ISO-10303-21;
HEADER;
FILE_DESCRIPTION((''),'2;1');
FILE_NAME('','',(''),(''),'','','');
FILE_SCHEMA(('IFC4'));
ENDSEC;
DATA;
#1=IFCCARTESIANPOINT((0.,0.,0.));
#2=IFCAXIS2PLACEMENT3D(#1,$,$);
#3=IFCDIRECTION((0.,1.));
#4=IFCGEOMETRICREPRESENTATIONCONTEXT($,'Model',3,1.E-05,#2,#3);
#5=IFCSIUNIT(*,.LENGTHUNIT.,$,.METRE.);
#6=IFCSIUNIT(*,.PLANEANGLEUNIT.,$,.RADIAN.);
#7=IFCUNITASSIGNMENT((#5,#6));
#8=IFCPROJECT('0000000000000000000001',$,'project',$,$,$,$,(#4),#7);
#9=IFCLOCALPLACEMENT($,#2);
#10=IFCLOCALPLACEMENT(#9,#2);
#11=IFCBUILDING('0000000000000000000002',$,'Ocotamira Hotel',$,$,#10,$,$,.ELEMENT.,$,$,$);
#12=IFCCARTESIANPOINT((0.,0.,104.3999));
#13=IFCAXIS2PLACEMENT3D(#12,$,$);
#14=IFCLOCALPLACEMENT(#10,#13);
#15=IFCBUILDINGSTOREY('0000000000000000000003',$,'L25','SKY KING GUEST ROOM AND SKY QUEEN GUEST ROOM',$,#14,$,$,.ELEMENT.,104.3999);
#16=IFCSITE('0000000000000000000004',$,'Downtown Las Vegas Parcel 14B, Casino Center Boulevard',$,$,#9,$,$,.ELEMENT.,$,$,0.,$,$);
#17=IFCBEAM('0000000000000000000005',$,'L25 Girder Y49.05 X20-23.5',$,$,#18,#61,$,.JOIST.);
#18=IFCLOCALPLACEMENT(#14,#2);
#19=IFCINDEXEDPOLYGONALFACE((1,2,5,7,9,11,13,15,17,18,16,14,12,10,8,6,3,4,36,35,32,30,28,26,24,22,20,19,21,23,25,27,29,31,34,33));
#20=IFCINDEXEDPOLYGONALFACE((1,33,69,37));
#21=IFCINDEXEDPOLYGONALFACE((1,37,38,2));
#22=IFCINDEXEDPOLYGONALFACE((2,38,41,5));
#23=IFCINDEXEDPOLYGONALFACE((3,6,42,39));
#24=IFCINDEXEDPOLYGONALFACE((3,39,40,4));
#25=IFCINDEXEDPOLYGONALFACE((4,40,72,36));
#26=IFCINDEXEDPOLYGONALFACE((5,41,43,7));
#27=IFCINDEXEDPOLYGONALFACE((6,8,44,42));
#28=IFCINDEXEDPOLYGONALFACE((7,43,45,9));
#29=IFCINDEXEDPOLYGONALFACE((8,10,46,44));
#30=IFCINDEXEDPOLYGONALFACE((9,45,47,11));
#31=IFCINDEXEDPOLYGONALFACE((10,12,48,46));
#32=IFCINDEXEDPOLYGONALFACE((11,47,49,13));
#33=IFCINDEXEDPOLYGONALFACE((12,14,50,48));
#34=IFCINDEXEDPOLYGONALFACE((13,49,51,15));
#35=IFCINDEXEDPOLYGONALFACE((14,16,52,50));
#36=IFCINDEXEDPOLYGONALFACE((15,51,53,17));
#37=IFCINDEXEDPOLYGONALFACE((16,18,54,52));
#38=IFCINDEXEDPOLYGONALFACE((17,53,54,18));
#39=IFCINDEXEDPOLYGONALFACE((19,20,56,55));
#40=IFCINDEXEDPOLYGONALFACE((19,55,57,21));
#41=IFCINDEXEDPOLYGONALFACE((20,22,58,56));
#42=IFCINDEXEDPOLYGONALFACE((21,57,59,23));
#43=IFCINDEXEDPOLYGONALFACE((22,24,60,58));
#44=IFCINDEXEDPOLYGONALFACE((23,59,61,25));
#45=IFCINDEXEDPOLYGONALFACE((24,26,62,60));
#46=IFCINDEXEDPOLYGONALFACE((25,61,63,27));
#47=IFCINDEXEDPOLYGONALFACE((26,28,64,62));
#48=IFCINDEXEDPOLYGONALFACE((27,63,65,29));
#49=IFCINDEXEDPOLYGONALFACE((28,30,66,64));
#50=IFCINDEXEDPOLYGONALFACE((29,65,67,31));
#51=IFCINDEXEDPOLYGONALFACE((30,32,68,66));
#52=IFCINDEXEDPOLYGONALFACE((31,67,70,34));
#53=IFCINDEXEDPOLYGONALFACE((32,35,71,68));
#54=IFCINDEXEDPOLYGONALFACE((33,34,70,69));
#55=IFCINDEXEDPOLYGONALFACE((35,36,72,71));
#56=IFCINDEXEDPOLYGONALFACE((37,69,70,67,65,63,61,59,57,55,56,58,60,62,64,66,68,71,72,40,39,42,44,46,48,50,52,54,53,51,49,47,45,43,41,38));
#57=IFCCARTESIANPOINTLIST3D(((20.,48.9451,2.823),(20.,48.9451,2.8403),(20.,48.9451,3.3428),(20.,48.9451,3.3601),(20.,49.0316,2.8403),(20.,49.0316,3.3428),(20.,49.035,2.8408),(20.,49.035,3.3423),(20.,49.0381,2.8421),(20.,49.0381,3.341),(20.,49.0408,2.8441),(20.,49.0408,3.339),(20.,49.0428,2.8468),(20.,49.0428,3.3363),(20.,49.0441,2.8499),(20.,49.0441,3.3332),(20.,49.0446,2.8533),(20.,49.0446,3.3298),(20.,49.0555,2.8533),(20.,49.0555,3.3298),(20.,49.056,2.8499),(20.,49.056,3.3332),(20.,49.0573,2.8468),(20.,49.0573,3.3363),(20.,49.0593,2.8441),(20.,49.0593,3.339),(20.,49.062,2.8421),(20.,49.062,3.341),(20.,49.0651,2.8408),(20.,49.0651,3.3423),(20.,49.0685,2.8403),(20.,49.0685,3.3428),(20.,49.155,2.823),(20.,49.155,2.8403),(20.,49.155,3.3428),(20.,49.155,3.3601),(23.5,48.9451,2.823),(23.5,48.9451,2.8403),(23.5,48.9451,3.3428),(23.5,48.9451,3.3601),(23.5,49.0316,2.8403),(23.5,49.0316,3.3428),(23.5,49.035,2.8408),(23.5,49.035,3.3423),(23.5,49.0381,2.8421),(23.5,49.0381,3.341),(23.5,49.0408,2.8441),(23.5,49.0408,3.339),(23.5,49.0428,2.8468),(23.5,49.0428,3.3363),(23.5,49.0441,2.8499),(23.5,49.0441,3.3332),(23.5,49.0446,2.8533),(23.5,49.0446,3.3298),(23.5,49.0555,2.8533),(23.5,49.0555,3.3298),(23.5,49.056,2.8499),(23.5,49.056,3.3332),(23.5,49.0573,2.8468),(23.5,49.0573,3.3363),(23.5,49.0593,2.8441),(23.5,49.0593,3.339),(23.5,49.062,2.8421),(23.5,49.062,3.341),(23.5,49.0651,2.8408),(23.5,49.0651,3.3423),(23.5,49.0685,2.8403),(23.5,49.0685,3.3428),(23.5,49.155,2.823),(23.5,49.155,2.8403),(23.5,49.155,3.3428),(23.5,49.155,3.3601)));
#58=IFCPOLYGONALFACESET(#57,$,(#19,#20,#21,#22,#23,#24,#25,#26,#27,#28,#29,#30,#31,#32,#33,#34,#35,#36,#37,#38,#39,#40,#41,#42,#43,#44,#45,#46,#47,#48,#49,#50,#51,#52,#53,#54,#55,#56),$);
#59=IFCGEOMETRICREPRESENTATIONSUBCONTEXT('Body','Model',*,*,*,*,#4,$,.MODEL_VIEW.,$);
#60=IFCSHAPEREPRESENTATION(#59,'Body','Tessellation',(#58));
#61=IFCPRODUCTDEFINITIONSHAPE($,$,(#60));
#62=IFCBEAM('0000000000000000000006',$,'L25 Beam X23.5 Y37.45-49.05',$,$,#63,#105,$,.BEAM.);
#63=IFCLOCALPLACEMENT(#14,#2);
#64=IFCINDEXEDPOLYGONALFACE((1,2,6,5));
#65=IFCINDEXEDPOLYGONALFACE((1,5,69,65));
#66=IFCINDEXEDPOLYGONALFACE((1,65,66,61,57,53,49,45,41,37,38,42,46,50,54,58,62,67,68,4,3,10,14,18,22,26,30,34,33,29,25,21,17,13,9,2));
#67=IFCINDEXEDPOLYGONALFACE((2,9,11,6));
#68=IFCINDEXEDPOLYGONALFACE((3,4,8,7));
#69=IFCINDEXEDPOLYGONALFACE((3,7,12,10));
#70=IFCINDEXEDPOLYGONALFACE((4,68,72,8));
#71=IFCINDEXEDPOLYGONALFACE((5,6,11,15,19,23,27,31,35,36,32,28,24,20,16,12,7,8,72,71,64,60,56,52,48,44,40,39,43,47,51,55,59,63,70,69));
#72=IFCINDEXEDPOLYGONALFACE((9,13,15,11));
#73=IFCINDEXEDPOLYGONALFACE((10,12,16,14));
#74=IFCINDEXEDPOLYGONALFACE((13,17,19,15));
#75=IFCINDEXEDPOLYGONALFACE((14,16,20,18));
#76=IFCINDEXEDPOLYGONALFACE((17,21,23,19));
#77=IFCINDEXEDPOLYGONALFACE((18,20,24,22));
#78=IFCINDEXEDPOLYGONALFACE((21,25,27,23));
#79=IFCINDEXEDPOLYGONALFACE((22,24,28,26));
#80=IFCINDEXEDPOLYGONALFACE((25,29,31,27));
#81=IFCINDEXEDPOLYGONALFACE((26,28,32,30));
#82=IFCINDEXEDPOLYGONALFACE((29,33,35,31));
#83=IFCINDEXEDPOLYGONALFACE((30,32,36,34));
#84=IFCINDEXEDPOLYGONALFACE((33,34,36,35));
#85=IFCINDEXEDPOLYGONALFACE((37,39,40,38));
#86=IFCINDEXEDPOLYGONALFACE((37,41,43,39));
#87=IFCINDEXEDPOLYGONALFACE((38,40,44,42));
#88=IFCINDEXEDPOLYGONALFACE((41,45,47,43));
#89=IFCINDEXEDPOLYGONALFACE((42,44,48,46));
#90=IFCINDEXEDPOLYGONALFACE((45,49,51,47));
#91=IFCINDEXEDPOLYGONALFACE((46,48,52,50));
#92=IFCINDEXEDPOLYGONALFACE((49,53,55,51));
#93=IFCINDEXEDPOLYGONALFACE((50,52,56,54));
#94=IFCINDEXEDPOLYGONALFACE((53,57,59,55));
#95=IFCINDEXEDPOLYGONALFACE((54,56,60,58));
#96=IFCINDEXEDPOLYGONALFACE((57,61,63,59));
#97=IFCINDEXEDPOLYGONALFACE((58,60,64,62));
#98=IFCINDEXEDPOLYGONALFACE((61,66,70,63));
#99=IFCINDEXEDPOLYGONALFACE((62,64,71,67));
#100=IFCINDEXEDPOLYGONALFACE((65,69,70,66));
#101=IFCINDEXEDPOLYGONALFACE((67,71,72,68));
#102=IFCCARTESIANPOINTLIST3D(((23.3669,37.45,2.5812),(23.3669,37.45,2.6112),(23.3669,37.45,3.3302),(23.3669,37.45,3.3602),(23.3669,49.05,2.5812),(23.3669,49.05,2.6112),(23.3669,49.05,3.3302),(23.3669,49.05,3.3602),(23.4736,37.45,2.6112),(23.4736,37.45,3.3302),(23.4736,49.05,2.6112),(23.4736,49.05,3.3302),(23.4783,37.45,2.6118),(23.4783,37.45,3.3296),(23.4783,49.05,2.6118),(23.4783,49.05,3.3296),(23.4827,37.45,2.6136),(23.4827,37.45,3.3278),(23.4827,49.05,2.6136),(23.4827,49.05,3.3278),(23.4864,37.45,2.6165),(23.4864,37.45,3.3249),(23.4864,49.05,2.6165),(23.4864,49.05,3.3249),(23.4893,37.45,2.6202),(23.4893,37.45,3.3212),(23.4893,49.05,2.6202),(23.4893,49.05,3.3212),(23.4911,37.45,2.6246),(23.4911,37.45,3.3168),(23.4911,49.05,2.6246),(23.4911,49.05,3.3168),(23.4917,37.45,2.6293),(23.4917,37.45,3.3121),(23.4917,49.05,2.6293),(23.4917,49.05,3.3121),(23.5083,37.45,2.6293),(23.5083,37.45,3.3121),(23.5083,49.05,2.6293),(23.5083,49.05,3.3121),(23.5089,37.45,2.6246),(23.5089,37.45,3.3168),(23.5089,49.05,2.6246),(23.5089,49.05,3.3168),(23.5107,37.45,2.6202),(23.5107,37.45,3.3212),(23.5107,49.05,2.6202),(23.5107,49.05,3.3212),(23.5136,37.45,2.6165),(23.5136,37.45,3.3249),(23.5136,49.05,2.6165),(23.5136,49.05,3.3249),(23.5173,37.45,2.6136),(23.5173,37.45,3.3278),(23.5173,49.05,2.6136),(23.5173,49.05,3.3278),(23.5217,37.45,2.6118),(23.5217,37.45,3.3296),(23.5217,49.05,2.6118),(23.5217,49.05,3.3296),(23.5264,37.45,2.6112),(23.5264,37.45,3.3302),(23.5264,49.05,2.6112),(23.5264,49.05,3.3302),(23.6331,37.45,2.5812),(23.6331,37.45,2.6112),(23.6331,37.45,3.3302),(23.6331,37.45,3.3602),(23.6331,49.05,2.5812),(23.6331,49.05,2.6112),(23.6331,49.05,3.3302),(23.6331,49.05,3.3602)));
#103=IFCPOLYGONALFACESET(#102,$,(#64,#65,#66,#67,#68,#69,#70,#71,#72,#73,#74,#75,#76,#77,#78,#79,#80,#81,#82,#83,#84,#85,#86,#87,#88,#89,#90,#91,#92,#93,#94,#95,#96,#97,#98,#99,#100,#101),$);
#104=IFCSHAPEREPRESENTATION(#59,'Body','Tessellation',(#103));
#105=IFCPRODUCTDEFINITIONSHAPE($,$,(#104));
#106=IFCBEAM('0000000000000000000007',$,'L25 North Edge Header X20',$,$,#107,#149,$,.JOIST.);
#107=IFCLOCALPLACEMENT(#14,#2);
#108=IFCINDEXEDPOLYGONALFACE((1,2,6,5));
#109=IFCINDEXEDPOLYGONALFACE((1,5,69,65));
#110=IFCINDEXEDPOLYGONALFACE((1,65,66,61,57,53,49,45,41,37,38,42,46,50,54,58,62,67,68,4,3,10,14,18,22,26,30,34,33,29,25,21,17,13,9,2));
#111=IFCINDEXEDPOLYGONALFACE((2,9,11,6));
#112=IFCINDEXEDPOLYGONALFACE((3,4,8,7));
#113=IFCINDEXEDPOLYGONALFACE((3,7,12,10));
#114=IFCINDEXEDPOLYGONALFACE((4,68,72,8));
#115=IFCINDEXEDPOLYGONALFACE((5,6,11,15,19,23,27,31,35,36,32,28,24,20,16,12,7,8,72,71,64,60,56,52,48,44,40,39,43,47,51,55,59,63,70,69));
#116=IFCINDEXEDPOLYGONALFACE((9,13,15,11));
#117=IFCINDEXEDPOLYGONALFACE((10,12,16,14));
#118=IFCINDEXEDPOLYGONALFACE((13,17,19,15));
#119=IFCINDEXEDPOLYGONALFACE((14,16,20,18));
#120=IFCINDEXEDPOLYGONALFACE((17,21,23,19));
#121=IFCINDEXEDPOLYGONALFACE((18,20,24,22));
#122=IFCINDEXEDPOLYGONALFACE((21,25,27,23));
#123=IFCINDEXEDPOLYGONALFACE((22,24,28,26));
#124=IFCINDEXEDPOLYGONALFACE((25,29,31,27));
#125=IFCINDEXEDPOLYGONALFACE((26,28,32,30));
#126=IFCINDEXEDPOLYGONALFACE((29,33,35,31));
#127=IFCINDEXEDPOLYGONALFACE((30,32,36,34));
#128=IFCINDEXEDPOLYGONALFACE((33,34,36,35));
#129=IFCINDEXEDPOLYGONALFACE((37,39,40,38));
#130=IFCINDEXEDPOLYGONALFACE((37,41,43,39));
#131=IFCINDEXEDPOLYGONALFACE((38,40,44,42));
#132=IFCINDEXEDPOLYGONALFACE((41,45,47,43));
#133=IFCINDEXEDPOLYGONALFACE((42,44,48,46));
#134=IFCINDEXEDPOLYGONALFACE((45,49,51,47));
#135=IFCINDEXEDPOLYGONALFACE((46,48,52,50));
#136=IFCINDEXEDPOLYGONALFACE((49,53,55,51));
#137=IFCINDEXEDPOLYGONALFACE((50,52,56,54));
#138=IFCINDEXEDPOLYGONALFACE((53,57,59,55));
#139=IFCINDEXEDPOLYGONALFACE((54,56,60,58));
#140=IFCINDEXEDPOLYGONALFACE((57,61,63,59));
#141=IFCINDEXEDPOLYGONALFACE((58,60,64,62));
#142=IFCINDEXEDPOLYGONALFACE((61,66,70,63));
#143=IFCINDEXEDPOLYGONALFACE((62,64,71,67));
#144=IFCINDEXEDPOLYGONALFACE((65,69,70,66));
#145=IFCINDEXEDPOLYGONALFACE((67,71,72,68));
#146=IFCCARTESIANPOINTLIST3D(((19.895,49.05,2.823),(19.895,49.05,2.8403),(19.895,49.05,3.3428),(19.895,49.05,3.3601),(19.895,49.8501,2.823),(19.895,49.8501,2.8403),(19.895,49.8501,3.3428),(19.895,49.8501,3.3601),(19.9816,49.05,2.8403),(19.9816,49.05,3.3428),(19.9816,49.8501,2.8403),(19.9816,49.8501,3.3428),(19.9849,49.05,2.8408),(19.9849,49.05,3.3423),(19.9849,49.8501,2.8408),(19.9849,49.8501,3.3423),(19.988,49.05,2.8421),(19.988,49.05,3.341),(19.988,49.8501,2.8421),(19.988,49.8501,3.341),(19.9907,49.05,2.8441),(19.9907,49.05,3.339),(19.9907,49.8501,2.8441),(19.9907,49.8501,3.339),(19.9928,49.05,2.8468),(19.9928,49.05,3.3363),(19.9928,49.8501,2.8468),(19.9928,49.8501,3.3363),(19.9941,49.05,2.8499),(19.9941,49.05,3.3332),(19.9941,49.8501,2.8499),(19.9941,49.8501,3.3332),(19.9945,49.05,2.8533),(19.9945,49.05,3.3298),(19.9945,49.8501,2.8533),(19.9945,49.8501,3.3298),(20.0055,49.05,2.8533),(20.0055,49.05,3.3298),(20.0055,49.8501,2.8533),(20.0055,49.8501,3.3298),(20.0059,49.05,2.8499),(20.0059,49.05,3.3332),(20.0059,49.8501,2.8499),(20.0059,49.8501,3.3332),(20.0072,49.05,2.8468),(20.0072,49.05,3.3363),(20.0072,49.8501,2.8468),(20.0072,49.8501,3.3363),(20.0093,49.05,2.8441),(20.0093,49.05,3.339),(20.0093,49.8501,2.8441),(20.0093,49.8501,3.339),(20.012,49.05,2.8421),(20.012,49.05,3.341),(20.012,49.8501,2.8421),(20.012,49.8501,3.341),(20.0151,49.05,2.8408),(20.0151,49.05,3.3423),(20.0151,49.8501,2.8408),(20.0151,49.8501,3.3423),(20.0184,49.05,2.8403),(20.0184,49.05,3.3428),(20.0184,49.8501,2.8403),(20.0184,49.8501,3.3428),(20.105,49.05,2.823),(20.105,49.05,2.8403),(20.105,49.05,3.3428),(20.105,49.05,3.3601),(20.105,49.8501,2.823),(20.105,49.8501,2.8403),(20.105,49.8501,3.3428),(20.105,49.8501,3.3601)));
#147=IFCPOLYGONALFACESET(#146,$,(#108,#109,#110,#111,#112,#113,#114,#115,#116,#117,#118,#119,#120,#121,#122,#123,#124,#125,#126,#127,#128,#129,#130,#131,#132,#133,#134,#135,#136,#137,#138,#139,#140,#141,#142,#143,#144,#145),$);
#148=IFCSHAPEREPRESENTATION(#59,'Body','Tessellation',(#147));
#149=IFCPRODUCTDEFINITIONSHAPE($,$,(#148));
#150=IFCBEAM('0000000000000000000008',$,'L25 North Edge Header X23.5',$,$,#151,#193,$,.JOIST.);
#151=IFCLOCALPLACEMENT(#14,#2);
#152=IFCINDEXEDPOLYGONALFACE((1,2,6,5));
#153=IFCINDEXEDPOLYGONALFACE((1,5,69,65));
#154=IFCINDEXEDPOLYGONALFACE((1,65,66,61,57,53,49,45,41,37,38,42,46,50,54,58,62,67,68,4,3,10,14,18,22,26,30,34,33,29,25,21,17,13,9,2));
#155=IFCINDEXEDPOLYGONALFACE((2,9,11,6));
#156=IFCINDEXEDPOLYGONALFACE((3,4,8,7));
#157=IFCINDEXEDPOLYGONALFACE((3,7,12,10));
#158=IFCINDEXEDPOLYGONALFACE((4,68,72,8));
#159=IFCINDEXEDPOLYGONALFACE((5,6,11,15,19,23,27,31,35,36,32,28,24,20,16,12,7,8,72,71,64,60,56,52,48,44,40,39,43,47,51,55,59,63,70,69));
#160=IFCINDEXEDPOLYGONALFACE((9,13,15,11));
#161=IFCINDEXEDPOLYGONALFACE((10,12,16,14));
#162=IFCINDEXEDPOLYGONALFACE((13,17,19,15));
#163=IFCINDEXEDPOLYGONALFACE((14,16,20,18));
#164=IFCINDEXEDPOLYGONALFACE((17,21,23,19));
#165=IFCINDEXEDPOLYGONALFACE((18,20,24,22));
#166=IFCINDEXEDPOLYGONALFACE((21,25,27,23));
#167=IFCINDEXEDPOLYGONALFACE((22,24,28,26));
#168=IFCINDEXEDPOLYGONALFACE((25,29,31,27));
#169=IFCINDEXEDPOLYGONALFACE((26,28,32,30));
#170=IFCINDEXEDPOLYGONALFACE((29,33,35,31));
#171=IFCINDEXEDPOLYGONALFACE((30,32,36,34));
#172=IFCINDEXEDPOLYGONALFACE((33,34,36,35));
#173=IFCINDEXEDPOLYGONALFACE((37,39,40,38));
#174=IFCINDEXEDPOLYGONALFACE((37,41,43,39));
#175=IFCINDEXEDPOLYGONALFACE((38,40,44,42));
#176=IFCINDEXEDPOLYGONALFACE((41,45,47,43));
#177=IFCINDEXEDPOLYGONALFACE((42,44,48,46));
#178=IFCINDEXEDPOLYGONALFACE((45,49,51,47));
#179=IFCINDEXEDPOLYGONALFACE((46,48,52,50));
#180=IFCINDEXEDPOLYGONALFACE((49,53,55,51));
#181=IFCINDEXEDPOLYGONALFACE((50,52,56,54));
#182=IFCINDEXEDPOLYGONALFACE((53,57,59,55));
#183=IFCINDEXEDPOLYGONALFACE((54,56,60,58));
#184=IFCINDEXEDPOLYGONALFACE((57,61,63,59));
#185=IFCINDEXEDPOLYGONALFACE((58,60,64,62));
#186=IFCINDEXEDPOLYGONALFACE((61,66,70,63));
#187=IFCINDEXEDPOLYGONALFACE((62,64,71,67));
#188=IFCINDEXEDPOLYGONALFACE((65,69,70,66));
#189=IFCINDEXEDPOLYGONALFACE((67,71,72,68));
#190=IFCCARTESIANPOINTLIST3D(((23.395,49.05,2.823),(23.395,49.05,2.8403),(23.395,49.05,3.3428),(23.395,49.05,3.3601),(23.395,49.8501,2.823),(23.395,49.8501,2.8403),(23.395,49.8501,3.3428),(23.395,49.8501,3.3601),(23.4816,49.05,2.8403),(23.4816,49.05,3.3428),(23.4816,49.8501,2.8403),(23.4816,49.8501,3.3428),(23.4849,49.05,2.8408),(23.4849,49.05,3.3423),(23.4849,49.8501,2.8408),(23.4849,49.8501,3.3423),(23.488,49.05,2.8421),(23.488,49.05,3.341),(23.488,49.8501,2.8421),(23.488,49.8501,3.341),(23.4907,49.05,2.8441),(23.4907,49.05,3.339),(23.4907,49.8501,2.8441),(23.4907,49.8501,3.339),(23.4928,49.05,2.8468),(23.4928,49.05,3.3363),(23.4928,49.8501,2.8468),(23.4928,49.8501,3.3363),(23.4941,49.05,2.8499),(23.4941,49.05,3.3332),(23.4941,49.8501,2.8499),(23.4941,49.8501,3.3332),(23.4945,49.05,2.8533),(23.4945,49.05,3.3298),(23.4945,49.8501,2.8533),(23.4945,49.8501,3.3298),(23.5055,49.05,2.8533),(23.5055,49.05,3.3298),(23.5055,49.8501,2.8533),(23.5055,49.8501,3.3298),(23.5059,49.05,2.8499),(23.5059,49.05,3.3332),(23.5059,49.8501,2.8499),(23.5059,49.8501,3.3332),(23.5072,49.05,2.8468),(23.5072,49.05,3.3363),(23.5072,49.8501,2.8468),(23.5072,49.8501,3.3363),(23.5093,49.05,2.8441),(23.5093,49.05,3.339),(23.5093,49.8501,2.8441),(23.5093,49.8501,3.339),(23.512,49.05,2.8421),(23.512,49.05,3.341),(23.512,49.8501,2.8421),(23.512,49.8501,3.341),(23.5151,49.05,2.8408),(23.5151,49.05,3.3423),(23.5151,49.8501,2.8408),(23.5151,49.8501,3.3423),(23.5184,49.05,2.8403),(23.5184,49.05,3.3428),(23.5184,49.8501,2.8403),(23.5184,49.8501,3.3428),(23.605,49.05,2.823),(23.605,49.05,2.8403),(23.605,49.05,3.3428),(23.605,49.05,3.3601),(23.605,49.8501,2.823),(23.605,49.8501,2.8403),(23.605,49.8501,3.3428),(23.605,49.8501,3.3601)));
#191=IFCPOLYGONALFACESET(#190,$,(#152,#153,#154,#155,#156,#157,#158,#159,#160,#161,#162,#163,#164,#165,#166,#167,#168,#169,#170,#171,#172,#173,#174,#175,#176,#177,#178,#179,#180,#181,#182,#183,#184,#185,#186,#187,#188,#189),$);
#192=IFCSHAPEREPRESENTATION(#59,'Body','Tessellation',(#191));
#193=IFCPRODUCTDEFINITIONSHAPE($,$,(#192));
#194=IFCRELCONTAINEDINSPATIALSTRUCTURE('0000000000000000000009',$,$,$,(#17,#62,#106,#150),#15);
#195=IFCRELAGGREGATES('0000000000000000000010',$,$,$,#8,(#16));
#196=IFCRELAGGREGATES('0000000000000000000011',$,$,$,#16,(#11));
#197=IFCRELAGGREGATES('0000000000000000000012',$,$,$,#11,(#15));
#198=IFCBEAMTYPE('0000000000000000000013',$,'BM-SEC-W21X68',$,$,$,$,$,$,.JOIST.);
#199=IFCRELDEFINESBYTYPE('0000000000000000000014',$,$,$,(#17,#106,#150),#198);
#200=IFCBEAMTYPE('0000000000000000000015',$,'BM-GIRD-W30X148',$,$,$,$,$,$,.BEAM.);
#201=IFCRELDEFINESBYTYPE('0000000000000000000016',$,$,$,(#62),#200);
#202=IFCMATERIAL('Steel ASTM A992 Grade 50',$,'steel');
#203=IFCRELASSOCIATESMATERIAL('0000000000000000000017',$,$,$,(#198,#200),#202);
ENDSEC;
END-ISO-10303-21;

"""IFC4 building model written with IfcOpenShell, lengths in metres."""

from ifc_helpers import new_model, si_unit, direction, frame, origin, origin_2d, place, context, subcontext, project, spatial, i_section, extrude, source, transform, mapped, material, material_profile, profile_set, type_object, element, save


model = new_model("IFC4")

# Units and contexts
model_context = context("Model", 3, precision=1e-05, world=origin(), true_north=direction((0.0, 1.0)))
body_context = subcontext(model_context, "Body", "Model", "MODEL_VIEW")
ifc_project = project(units=[si_unit("LENGTHUNIT", "METRE"), si_unit("PLANEANGLEUNIT", "RADIAN")], contexts=[model_context])

# Site, building, storey
site_placement = place(None, origin())
site = spatial("IfcSite", under=ifc_project, at=site_placement, Name="Downtown Las Vegas Parcel 14B, Casino Center Boulevard", CompositionType="ELEMENT", RefElevation=0.0)
building_placement = place(site_placement, origin())
building = spatial("IfcBuilding", under=site, at=building_placement, Name="Ocotamira Hotel", CompositionType="ELEMENT")
storey_placement = place(building_placement, frame((0.0, 0.0, 104.3999)))
storey = spatial("IfcBuildingStorey", under=building, at=storey_placement, Name="L25", Description="SKY KING GUEST ROOM AND SKY QUEEN GUEST ROOM", CompositionType="ELEMENT", Elevation=104.3999)

# Beams
ifc_material_1 = material(Name="Steel ASTM A992 Grade 50", Category="steel")
ifc_material_profile_1 = material_profile(ifc_material_1, i_section(OverallWidth=0.21, OverallDepth=0.5371, WebThickness=0.011, FlangeThickness=0.0173, FilletRadius=0.0129, at=origin_2d()), Name="W21X68")
ifc_profile_set_1 = profile_set([ifc_material_profile_1], Name="Steel ASTM A992 Grade 50")
beam_type_1 = type_object("IfcBeamType", Name="BM-SEC-W21X68", PredefinedType="JOIST", material=ifc_profile_set_1)
shared_shape_1 = source(origin(), body_context, "Body", "SweptSolid", [
    extrude(i_section(OverallWidth=0.21, OverallDepth=0.5371, WebThickness=0.011, FlangeThickness=0.0173, FilletRadius=0.0129, at=origin_2d()), origin(), (0.0, 0.0, 1.0), 3.5),
])
beam_1_placement = place(storey_placement, frame((20.0, 49.05, 3.0916), z_axis=(1.0, 0.0, 0.0), x_axis=(0.0, 1.0, 0.0)))
element("IfcBeam", 1, at=beam_1_placement, inside=storey, type_object=beam_type_1, Name="L25 Girder Y49.05 X20-23.5", PredefinedType="JOIST", context=body_context, shape_type="MappedRepresentation", body=[
    mapped(shared_shape_1, transform((0.0, 0.0, 0.0), scale=1.0)),
])
ifc_material_profile_2 = material_profile(ifc_material_1, i_section(OverallWidth=0.2661, OverallDepth=0.7791, WebThickness=0.0166, FlangeThickness=0.03, FilletRadius=0.0181, at=origin_2d()), Name="W30X148")
ifc_profile_set_2 = profile_set([ifc_material_profile_2], Name="Steel ASTM A992 Grade 50")
beam_type_2 = type_object("IfcBeamType", Name="BM-GIRD-W30X148", PredefinedType="BEAM", material=ifc_profile_set_2)
shared_shape_2 = source(origin(), body_context, "Body", "SweptSolid", [
    extrude(i_section(OverallWidth=0.2661, OverallDepth=0.7791, WebThickness=0.0166, FlangeThickness=0.03, FilletRadius=0.0181, at=origin_2d()), origin(), (0.0, 0.0, 1.0), 11.6001),
])
beam_2_placement = place(storey_placement, frame((23.5, 37.45, 2.9707), z_axis=(0.0, 1.0, 0.0), x_axis=(-1.0, 0.0, 0.0)))
element("IfcBeam", 2, at=beam_2_placement, inside=storey, type_object=beam_type_2, Name="L25 Beam X23.5 Y37.45-49.05", PredefinedType="BEAM", context=body_context, shape_type="MappedRepresentation", body=[
    mapped(shared_shape_2, transform((0.0, 0.0, 0.0), scale=1.0)),
])
shared_shape_3 = source(origin(), body_context, "Body", "SweptSolid", [
    extrude(i_section(OverallWidth=0.21, OverallDepth=0.5371, WebThickness=0.011, FlangeThickness=0.0173, FilletRadius=0.0129, at=origin_2d()), origin(), (0.0, 0.0, 1.0), 0.8),
])
for number, where, z_axis, x_axis, name in (
    (3, (20.0, 49.05, 3.0916), (0.0, 1.0, 0.0), (-1.0, 0.0, 0.0), "L25 North Edge Header X20"),
    (4, (23.5, 49.05, 3.0916), (0.0, 1.0, 0.0), (-1.0, 0.0, 0.0), "L25 North Edge Header X23.5"),
):
    element("IfcBeam", number, at=place(storey_placement, frame(where, z_axis=z_axis, x_axis=x_axis)), inside=storey, type_object=beam_type_1, Name=name, PredefinedType="JOIST", context=body_context, shape_type="MappedRepresentation", body=[
        mapped(shared_shape_3, transform((0.0, 0.0, 0.0), scale=1.0)),
    ])

save(model, "model.ifc")
